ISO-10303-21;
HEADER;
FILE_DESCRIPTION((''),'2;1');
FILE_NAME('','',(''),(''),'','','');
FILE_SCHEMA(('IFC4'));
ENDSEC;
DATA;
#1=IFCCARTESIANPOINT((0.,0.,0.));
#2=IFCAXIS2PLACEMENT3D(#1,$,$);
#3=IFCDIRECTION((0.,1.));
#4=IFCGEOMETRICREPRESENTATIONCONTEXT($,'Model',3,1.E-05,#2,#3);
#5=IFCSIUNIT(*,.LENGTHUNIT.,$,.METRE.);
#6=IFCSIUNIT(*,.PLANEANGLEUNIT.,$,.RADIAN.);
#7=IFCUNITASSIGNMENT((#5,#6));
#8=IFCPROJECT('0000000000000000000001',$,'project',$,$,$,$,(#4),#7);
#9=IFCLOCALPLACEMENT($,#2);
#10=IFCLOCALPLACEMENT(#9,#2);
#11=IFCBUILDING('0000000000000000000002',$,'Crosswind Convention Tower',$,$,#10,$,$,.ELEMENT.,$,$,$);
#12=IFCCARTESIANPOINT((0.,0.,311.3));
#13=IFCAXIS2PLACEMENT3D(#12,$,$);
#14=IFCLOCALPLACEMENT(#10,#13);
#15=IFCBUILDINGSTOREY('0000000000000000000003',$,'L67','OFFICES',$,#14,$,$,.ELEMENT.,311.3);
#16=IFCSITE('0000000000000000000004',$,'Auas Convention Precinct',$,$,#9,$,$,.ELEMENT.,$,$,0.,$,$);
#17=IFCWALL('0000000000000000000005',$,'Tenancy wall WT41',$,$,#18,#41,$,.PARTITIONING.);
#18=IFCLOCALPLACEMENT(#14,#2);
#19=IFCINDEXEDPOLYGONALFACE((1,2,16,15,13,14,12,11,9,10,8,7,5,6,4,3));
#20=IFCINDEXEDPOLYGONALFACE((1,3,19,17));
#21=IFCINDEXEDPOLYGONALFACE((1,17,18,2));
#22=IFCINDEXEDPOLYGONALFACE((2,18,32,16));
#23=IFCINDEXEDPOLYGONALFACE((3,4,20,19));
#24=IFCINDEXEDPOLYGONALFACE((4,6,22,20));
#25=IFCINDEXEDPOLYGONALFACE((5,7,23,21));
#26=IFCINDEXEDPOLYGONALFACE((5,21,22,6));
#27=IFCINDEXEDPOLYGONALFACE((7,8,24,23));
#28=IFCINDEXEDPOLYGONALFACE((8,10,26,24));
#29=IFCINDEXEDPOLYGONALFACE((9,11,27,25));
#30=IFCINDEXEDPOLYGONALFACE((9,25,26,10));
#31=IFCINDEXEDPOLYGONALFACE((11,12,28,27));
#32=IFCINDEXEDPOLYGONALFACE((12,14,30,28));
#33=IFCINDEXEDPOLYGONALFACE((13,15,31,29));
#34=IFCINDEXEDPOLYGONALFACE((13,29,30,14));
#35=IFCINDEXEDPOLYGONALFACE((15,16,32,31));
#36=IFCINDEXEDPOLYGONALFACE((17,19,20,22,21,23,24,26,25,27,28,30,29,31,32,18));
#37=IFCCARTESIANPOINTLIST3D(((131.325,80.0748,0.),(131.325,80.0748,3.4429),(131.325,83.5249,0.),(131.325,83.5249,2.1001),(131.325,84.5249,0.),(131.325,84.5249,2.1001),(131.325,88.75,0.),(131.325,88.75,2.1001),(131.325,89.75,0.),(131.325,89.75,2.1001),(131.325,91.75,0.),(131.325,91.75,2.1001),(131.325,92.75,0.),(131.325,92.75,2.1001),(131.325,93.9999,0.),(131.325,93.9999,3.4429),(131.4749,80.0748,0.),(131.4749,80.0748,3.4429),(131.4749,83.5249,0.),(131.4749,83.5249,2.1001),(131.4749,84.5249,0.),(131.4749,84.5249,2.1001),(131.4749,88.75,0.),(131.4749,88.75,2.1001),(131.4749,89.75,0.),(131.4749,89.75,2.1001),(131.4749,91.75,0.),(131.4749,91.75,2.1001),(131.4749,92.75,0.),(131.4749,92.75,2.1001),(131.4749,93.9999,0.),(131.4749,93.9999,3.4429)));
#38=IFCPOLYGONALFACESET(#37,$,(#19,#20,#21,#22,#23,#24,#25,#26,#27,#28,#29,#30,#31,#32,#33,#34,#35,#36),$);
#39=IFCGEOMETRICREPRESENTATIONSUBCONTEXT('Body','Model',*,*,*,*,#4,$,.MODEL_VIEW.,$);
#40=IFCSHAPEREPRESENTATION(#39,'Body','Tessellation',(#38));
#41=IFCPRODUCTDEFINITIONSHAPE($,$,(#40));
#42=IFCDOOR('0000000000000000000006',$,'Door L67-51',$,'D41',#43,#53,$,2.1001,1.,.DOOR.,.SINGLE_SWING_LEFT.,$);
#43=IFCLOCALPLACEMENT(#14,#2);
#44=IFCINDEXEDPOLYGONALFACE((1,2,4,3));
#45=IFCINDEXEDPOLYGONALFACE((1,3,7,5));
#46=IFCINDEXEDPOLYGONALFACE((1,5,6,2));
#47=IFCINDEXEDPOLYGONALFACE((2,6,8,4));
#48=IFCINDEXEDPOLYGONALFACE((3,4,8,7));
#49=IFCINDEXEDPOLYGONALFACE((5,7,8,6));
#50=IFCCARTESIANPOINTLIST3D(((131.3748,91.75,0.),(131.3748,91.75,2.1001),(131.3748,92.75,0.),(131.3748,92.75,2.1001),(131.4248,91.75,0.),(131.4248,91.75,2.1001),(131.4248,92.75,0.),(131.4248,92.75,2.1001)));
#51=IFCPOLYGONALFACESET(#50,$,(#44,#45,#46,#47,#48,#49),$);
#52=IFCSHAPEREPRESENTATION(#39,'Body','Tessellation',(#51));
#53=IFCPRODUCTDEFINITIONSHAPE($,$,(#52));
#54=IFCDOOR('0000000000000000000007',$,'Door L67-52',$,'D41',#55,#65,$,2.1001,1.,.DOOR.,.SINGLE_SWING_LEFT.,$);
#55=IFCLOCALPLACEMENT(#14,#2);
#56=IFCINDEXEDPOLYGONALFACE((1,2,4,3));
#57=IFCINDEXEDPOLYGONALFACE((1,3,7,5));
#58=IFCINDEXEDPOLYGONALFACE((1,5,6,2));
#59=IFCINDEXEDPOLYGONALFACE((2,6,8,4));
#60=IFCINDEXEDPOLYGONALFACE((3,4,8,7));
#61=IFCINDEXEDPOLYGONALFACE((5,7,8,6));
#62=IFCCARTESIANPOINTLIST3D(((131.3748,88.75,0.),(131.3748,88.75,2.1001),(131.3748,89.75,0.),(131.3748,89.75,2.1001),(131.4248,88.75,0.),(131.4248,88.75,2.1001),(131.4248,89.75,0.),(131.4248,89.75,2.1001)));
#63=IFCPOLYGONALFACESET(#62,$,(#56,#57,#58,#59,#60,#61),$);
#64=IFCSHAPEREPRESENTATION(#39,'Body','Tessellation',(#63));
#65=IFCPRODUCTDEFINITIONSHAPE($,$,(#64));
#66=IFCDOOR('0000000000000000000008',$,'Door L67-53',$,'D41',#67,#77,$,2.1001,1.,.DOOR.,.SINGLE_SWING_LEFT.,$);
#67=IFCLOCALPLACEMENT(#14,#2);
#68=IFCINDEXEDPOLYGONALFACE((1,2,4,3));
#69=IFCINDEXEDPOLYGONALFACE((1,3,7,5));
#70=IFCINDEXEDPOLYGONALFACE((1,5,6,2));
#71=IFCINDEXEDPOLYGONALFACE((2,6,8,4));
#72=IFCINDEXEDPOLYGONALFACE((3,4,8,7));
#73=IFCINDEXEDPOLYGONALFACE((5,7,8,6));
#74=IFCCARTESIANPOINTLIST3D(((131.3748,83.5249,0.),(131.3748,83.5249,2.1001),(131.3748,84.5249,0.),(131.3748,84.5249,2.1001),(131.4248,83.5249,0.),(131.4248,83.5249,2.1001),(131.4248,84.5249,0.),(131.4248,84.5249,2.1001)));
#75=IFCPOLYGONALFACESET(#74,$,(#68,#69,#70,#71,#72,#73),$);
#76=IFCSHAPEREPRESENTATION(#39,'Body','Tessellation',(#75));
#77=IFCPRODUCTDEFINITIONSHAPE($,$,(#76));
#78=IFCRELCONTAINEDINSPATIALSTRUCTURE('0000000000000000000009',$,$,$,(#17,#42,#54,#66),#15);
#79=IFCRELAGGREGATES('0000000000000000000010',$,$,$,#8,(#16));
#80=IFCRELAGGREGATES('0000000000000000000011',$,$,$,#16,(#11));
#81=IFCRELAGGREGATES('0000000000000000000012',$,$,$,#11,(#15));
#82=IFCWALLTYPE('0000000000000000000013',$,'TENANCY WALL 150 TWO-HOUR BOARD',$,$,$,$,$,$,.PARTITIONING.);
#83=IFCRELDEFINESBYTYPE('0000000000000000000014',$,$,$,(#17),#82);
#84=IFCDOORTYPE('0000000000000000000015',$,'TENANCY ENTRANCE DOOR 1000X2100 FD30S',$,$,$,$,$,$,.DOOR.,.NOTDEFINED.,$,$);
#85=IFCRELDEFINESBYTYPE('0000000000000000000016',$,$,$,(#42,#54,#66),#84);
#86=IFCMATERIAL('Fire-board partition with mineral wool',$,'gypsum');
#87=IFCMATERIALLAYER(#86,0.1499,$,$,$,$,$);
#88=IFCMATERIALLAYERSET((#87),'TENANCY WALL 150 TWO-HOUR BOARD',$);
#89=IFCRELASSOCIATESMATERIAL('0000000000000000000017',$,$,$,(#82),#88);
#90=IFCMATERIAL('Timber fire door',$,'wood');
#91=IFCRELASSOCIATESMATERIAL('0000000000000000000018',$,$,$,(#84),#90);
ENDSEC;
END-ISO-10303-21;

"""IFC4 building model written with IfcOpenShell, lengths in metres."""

from ifc_helpers import new_model, si_unit, direction, frame, frame_2d, origin, place, context, subcontext, project, spatial, rectangle, extrude, material, layer, layer_set, type_object, element, fill, save


model = new_model("IFC4")

# Units and contexts
model_context = context("Model", 3, precision=1e-05, world=origin(), true_north=direction((0.0, 1.0)))
body_context = subcontext(model_context, "Body", "Model", "MODEL_VIEW")
ifc_project = project(units=[si_unit("LENGTHUNIT", "METRE"), si_unit("PLANEANGLEUNIT", "RADIAN")], contexts=[model_context])

# Site, building, storey
site_placement = place(None, origin())
site = spatial("IfcSite", under=ifc_project, at=site_placement, Name="Auas Convention Precinct", CompositionType="ELEMENT", RefElevation=0.0)
building_placement = place(site_placement, origin())
building = spatial("IfcBuilding", under=site, at=building_placement, Name="Crosswind Convention Tower", CompositionType="ELEMENT")
storey_placement = place(building_placement, frame((0.0, 0.0, 311.3)))
storey = spatial("IfcBuildingStorey", under=building, at=storey_placement, Name="L67", Description="OFFICES", CompositionType="ELEMENT", Elevation=311.3)

# Wall, openings, doors
ifc_material_1 = material(Name="Fire-board partition with mineral wool", Category="gypsum")
ifc_layer_1 = layer(ifc_material_1, 0.1499)
ifc_layer_set_1 = layer_set([ifc_layer_1], Name="TENANCY WALL 150 TWO-HOUR BOARD")
wall_type = type_object("IfcWallType", Name="TENANCY WALL 150 TWO-HOUR BOARD", PredefinedType="PARTITIONING", material=ifc_layer_set_1)
ifc_material_2 = material(Name="Timber fire door", Category="wood")
door_type = type_object("IfcDoorType", Name="TENANCY ENTRANCE DOOR 1000X2100 FD30S", OperationType="NOTDEFINED", PredefinedType="DOOR", material=ifc_material_2)
wall_1_placement = place(storey_placement, frame((131.3999, 80.075, 0.0), z_axis=(0.0, 0.0, 1.0), x_axis=(0.0, 1.0, 0.0)))
wall_1 = element("IfcWall", 1, at=wall_1_placement, inside=storey, type_object=wall_type, Name="Tenancy wall WT41", PredefinedType="PARTITIONING", context=body_context, shape_type="SweptSolid", body=[
    extrude(rectangle(XDim=13.925, YDim=0.1499, at=frame_2d((6.9624, 0.0))), origin(), (0.0, 0.0, 1.0), 3.4429),
])
opening_1_placement = place(wall_1_placement, frame((11.675, 0.0, 0.0)))
opening_1 = element("IfcOpeningElement", 2, at=opening_1_placement, cuts=wall_1, PredefinedType="OPENING", context=body_context, shape_type="SweptSolid", body=[
    extrude(rectangle(XDim=1.0, YDim=2.1001, at=frame_2d((0.5, 1.05))), frame((0.0, 0.085, 0.0), z_axis=(0.0, -1.0, 0.0), x_axis=(1.0, 0.0, 0.0)), (0.0, 0.0, 1.0), 0.1699),
])
opening_2_placement = place(wall_1_placement, frame((8.675, 0.0, 0.0)))
opening_2 = element("IfcOpeningElement", 3, at=opening_2_placement, cuts=wall_1, PredefinedType="OPENING", context=body_context, shape_type="SweptSolid", body=[
    extrude(rectangle(XDim=1.0, YDim=2.1001, at=frame_2d((0.5, 1.05))), frame((0.0, 0.085, 0.0), z_axis=(0.0, -1.0, 0.0), x_axis=(1.0, 0.0, 0.0)), (0.0, 0.0, 1.0), 0.1699),
])
opening_3_placement = place(wall_1_placement, frame((3.45, 0.0, 0.0)))
opening_3 = element("IfcOpeningElement", 4, at=opening_3_placement, cuts=wall_1, PredefinedType="OPENING", context=body_context, shape_type="SweptSolid", body=[
    extrude(rectangle(XDim=1.0, YDim=2.1001, at=frame_2d((0.5, 1.05))), frame((0.0, 0.085, 0.0), z_axis=(0.0, -1.0, 0.0), x_axis=(1.0, 0.0, 0.0)), (0.0, 0.0, 1.0), 0.1699),
])
door_1_placement = place(opening_1_placement, frame((1.0, 0.0, 0.0), z_axis=(0.0, 0.0, 1.0), x_axis=(-1.0, 0.0, 0.0)))
door_1 = element("IfcDoor", 5, at=door_1_placement, inside=storey, type_object=door_type, Name="Door L67-51", ObjectType="D41", OperationType="SINGLE_SWING_LEFT", OverallHeight=2.1001, OverallWidth=1.0, PredefinedType="DOOR", context=body_context, shape_type="SweptSolid", body=[
    extrude(rectangle(XDim=1.0, YDim=2.1001, at=frame_2d((0.5, 1.05))), frame((0.0, 0.0249, 0.0), z_axis=(0.0, -1.0, 0.0), x_axis=(1.0, 0.0, 0.0)), (0.0, 0.0, 1.0), 0.05),
])
fill(opening_1, door_1)
door_2_placement = place(opening_2_placement, frame((1.0, 0.0, 0.0), z_axis=(0.0, 0.0, 1.0), x_axis=(-1.0, 0.0, 0.0)))
door_2 = element("IfcDoor", 6, at=door_2_placement, inside=storey, type_object=door_type, Name="Door L67-52", ObjectType="D41", OperationType="SINGLE_SWING_LEFT", OverallHeight=2.1001, OverallWidth=1.0, PredefinedType="DOOR", context=body_context, shape_type="SweptSolid", body=[
    extrude(rectangle(XDim=1.0, YDim=2.1001, at=frame_2d((0.5, 1.05))), frame((0.0, 0.0249, 0.0), z_axis=(0.0, -1.0, 0.0), x_axis=(1.0, 0.0, 0.0)), (0.0, 0.0, 1.0), 0.05),
])
fill(opening_2, door_2)
door_3_placement = place(opening_3_placement, frame((1.0, 0.0, 0.0), z_axis=(0.0, 0.0, 1.0), x_axis=(-1.0, 0.0, 0.0)))
door_3 = element("IfcDoor", 7, at=door_3_placement, inside=storey, type_object=door_type, Name="Door L67-53", ObjectType="D41", OperationType="SINGLE_SWING_LEFT", OverallHeight=2.1001, OverallWidth=1.0, PredefinedType="DOOR", context=body_context, shape_type="SweptSolid", body=[
    extrude(rectangle(XDim=1.0, YDim=2.1001, at=frame_2d((0.5, 1.05))), frame((0.0, 0.0249, 0.0), z_axis=(0.0, -1.0, 0.0), x_axis=(1.0, 0.0, 0.0)), (0.0, 0.0, 1.0), 0.05),
])
fill(opening_3, door_3)

save(model, "model.ifc")
